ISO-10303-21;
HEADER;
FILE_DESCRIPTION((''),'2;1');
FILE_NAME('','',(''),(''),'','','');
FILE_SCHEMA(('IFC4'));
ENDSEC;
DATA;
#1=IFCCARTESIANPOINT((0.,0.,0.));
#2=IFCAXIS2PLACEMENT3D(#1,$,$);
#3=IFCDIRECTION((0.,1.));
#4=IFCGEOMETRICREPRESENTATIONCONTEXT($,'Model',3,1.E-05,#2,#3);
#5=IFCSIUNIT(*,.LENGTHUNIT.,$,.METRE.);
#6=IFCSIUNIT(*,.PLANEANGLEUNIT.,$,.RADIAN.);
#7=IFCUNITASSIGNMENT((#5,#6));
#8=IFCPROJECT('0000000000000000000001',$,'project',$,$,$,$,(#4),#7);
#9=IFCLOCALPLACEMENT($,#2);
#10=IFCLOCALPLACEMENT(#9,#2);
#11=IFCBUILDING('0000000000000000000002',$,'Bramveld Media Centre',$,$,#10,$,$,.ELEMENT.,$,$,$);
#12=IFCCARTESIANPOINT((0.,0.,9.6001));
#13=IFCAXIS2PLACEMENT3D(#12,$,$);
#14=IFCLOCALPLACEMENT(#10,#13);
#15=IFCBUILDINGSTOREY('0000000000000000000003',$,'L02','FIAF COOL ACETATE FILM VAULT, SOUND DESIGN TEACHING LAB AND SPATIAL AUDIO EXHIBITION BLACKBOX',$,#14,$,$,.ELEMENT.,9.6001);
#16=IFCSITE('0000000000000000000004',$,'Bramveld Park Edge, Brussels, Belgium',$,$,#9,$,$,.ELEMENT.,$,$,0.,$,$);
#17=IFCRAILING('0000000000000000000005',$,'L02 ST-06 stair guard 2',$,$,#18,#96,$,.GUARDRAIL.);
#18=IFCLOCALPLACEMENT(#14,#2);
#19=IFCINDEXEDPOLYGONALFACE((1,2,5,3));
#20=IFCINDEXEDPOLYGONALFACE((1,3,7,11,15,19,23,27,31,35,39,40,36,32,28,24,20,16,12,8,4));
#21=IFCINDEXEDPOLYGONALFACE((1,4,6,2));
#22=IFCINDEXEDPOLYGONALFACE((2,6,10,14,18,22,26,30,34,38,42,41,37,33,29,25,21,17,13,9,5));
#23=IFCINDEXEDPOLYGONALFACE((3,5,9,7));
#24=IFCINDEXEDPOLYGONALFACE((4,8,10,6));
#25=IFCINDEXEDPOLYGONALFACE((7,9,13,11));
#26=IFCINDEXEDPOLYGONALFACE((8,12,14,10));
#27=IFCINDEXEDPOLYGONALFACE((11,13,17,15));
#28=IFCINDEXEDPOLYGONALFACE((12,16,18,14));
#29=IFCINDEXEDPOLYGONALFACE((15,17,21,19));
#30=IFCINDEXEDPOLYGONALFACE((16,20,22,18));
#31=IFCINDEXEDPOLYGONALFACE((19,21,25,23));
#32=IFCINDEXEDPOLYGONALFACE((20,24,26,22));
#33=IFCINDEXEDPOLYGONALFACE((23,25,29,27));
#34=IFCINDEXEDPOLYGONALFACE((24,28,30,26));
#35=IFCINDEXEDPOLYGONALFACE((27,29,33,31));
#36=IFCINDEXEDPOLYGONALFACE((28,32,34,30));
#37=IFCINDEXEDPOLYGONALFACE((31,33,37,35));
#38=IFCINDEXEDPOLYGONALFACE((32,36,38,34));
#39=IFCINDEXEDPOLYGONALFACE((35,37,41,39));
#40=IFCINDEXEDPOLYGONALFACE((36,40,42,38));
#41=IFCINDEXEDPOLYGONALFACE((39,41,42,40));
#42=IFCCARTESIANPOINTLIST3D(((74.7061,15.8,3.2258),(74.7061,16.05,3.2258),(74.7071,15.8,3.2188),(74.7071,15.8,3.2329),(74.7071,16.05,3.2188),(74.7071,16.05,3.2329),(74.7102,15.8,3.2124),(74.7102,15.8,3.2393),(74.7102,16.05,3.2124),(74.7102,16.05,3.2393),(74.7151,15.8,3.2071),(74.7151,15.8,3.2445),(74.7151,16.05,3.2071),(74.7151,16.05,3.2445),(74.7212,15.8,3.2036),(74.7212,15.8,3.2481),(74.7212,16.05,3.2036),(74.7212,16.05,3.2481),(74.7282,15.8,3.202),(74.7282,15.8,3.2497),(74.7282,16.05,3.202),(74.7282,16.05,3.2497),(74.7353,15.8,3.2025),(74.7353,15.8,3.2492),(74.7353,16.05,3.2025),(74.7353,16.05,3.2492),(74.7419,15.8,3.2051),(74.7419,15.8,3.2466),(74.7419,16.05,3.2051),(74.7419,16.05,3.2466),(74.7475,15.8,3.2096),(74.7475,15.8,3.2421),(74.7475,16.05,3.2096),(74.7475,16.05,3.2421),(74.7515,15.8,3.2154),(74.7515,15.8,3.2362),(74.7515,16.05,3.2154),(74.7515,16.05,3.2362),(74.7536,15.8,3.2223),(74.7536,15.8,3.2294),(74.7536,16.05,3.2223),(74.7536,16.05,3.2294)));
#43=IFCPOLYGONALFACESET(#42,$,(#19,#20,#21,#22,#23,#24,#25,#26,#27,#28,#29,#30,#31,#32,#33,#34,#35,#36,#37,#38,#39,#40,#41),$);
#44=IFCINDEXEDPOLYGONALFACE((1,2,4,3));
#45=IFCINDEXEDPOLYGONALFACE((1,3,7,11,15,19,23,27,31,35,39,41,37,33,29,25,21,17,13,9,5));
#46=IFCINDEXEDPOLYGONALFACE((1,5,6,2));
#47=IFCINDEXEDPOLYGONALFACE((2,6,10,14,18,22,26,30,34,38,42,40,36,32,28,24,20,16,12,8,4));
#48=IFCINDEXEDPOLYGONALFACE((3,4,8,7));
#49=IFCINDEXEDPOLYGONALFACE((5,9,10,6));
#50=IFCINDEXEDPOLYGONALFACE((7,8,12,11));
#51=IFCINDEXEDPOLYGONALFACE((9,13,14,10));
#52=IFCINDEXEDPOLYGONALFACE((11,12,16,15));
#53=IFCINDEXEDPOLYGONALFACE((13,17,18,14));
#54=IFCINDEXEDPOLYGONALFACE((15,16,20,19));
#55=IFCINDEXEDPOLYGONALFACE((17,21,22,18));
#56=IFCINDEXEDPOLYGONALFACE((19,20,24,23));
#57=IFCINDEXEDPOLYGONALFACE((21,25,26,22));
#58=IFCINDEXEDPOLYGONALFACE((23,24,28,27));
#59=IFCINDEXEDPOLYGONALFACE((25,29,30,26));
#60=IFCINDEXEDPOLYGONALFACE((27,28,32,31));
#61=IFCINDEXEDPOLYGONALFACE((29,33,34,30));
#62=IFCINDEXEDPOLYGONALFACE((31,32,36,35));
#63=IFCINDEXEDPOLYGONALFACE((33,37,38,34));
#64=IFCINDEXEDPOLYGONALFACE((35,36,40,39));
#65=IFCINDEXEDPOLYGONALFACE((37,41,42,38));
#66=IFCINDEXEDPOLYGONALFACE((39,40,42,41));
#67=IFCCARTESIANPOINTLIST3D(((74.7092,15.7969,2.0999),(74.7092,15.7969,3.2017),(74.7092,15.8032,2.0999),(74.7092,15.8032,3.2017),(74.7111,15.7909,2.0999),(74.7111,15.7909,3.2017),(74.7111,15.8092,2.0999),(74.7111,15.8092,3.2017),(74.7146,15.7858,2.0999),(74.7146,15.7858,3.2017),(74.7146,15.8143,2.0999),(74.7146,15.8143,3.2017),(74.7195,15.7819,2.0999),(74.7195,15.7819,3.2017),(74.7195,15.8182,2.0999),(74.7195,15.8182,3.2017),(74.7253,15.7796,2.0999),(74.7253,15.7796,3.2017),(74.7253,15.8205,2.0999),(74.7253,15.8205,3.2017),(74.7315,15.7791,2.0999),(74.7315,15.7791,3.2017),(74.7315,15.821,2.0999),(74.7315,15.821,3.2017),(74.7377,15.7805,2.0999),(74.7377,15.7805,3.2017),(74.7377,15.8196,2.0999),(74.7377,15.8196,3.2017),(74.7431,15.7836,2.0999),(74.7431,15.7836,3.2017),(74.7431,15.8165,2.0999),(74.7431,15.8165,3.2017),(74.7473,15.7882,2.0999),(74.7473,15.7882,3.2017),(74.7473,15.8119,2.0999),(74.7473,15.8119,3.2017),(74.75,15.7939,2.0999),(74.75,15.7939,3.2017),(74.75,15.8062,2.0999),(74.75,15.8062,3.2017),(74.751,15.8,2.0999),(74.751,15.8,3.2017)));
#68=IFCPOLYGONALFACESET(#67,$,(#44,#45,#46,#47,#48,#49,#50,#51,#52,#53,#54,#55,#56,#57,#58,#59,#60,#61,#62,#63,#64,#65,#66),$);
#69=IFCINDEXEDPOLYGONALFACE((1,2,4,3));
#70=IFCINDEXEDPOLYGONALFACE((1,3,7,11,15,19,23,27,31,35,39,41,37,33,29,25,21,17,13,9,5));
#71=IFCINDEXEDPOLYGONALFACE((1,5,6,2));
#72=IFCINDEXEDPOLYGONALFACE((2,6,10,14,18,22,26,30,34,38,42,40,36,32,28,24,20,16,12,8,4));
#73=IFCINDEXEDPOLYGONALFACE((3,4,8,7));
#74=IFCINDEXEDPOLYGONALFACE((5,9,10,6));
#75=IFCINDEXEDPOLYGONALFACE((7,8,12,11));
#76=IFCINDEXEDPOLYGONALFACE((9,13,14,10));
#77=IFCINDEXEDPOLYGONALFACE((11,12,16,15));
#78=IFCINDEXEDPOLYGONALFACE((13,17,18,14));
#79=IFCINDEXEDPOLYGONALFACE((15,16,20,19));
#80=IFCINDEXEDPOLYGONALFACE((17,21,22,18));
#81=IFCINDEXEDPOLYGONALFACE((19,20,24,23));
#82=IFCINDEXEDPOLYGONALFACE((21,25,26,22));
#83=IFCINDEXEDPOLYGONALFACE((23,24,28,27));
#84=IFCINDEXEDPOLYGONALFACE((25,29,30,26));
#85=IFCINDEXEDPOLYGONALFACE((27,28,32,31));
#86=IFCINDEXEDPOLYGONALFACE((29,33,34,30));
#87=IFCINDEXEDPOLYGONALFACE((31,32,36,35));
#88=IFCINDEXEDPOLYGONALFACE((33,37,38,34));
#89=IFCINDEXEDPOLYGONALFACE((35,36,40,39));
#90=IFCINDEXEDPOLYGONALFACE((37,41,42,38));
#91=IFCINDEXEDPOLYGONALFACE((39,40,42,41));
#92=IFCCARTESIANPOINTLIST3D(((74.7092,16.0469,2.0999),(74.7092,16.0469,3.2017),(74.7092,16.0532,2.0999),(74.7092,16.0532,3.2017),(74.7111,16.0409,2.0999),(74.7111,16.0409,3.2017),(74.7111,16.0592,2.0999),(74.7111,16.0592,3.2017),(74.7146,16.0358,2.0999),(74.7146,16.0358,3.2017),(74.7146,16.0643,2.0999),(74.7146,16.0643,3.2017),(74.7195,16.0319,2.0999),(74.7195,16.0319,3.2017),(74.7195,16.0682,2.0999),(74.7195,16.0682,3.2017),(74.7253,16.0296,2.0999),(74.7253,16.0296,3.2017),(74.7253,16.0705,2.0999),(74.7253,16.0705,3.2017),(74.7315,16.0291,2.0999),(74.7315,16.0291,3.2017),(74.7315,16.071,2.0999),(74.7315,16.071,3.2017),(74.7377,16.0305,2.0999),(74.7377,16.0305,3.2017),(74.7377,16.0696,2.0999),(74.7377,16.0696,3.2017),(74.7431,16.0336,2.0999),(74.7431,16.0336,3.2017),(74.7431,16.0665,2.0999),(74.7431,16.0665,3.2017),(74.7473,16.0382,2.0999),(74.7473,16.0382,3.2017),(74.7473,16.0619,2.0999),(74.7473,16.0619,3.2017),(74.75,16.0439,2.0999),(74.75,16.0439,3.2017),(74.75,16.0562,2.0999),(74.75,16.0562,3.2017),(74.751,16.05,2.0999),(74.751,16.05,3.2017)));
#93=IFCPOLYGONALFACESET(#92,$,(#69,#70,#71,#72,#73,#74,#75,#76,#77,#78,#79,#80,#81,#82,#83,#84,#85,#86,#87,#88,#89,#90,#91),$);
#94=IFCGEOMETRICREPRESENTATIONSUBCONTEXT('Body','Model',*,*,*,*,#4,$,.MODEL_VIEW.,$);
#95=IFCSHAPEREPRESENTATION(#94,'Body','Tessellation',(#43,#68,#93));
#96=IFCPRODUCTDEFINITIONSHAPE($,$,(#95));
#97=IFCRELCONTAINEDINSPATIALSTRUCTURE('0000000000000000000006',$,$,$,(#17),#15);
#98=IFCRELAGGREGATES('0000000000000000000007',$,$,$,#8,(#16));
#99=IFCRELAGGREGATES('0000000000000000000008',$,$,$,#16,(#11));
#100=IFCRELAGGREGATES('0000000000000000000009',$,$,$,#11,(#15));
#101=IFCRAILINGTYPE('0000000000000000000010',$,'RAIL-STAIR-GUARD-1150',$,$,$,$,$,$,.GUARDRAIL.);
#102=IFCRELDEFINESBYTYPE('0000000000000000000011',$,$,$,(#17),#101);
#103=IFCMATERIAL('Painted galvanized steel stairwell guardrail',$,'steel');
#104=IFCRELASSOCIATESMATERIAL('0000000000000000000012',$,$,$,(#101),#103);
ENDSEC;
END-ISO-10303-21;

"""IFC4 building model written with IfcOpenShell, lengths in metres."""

from ifc_helpers import new_model, si_unit, direction, frame, origin, origin_2d, place, context, subcontext, project, spatial, circle, extrude, material, type_object, element, save


model = new_model("IFC4")

# Units and contexts
model_context = context("Model", 3, precision=1e-05, world=origin(), true_north=direction((0.0, 1.0)))
body_context = subcontext(model_context, "Body", "Model", "MODEL_VIEW")
ifc_project = project(units=[si_unit("LENGTHUNIT", "METRE"), si_unit("PLANEANGLEUNIT", "RADIAN")], contexts=[model_context])

# Site, building, storey
site_placement = place(None, origin())
site = spatial("IfcSite", under=ifc_project, at=site_placement, Name="Bramveld Park Edge, Brussels, Belgium", CompositionType="ELEMENT", RefElevation=0.0)
building_placement = place(site_placement, origin())
building = spatial("IfcBuilding", under=site, at=building_placement, Name="Bramveld Media Centre", CompositionType="ELEMENT")
storey_placement = place(building_placement, frame((0.0, 0.0, 9.6001)))
storey = spatial("IfcBuildingStorey", under=building, at=storey_placement, Name="L02", Description="FIAF COOL ACETATE FILM VAULT, SOUND DESIGN TEACHING LAB AND SPATIAL AUDIO EXHIBITION BLACKBOX", CompositionType="ELEMENT", Elevation=9.6001)

# Railing
ifc_material_1 = material(Name="Painted galvanized steel stairwell guardrail", Category="steel")
railing_type_1 = type_object("IfcRailingType", Name="RAIL-STAIR-GUARD-1150", PredefinedType="GUARDRAIL", material=ifc_material_1)
railing_1_placement = place(storey_placement, frame((74.73, 15.8, 2.0999)))
element("IfcRailing", 1, at=railing_1_placement, inside=storey, type_object=railing_type_1, Name="L02 ST-06 stair guard 2", PredefinedType="GUARDRAIL", context=body_context, shape_type="SweptSolid", body=[
    extrude(circle(Radius=0.0239, at=origin_2d()), frame((0.0, 0.0, 1.126), z_axis=(0.0, 1.0, 0.0), x_axis=(-1.0, 0.0, 0.0)), (0.0, 0.0, 1.0), 0.25),
    extrude(circle(Radius=0.021, at=origin_2d()), origin(), (0.0, 0.0, 1.0), 1.1018),
    extrude(circle(Radius=0.021, at=origin_2d()), frame((0.0, 0.25, 0.0)), (0.0, 0.0, 1.0), 1.1018),
])

save(model, "model.ifc")
